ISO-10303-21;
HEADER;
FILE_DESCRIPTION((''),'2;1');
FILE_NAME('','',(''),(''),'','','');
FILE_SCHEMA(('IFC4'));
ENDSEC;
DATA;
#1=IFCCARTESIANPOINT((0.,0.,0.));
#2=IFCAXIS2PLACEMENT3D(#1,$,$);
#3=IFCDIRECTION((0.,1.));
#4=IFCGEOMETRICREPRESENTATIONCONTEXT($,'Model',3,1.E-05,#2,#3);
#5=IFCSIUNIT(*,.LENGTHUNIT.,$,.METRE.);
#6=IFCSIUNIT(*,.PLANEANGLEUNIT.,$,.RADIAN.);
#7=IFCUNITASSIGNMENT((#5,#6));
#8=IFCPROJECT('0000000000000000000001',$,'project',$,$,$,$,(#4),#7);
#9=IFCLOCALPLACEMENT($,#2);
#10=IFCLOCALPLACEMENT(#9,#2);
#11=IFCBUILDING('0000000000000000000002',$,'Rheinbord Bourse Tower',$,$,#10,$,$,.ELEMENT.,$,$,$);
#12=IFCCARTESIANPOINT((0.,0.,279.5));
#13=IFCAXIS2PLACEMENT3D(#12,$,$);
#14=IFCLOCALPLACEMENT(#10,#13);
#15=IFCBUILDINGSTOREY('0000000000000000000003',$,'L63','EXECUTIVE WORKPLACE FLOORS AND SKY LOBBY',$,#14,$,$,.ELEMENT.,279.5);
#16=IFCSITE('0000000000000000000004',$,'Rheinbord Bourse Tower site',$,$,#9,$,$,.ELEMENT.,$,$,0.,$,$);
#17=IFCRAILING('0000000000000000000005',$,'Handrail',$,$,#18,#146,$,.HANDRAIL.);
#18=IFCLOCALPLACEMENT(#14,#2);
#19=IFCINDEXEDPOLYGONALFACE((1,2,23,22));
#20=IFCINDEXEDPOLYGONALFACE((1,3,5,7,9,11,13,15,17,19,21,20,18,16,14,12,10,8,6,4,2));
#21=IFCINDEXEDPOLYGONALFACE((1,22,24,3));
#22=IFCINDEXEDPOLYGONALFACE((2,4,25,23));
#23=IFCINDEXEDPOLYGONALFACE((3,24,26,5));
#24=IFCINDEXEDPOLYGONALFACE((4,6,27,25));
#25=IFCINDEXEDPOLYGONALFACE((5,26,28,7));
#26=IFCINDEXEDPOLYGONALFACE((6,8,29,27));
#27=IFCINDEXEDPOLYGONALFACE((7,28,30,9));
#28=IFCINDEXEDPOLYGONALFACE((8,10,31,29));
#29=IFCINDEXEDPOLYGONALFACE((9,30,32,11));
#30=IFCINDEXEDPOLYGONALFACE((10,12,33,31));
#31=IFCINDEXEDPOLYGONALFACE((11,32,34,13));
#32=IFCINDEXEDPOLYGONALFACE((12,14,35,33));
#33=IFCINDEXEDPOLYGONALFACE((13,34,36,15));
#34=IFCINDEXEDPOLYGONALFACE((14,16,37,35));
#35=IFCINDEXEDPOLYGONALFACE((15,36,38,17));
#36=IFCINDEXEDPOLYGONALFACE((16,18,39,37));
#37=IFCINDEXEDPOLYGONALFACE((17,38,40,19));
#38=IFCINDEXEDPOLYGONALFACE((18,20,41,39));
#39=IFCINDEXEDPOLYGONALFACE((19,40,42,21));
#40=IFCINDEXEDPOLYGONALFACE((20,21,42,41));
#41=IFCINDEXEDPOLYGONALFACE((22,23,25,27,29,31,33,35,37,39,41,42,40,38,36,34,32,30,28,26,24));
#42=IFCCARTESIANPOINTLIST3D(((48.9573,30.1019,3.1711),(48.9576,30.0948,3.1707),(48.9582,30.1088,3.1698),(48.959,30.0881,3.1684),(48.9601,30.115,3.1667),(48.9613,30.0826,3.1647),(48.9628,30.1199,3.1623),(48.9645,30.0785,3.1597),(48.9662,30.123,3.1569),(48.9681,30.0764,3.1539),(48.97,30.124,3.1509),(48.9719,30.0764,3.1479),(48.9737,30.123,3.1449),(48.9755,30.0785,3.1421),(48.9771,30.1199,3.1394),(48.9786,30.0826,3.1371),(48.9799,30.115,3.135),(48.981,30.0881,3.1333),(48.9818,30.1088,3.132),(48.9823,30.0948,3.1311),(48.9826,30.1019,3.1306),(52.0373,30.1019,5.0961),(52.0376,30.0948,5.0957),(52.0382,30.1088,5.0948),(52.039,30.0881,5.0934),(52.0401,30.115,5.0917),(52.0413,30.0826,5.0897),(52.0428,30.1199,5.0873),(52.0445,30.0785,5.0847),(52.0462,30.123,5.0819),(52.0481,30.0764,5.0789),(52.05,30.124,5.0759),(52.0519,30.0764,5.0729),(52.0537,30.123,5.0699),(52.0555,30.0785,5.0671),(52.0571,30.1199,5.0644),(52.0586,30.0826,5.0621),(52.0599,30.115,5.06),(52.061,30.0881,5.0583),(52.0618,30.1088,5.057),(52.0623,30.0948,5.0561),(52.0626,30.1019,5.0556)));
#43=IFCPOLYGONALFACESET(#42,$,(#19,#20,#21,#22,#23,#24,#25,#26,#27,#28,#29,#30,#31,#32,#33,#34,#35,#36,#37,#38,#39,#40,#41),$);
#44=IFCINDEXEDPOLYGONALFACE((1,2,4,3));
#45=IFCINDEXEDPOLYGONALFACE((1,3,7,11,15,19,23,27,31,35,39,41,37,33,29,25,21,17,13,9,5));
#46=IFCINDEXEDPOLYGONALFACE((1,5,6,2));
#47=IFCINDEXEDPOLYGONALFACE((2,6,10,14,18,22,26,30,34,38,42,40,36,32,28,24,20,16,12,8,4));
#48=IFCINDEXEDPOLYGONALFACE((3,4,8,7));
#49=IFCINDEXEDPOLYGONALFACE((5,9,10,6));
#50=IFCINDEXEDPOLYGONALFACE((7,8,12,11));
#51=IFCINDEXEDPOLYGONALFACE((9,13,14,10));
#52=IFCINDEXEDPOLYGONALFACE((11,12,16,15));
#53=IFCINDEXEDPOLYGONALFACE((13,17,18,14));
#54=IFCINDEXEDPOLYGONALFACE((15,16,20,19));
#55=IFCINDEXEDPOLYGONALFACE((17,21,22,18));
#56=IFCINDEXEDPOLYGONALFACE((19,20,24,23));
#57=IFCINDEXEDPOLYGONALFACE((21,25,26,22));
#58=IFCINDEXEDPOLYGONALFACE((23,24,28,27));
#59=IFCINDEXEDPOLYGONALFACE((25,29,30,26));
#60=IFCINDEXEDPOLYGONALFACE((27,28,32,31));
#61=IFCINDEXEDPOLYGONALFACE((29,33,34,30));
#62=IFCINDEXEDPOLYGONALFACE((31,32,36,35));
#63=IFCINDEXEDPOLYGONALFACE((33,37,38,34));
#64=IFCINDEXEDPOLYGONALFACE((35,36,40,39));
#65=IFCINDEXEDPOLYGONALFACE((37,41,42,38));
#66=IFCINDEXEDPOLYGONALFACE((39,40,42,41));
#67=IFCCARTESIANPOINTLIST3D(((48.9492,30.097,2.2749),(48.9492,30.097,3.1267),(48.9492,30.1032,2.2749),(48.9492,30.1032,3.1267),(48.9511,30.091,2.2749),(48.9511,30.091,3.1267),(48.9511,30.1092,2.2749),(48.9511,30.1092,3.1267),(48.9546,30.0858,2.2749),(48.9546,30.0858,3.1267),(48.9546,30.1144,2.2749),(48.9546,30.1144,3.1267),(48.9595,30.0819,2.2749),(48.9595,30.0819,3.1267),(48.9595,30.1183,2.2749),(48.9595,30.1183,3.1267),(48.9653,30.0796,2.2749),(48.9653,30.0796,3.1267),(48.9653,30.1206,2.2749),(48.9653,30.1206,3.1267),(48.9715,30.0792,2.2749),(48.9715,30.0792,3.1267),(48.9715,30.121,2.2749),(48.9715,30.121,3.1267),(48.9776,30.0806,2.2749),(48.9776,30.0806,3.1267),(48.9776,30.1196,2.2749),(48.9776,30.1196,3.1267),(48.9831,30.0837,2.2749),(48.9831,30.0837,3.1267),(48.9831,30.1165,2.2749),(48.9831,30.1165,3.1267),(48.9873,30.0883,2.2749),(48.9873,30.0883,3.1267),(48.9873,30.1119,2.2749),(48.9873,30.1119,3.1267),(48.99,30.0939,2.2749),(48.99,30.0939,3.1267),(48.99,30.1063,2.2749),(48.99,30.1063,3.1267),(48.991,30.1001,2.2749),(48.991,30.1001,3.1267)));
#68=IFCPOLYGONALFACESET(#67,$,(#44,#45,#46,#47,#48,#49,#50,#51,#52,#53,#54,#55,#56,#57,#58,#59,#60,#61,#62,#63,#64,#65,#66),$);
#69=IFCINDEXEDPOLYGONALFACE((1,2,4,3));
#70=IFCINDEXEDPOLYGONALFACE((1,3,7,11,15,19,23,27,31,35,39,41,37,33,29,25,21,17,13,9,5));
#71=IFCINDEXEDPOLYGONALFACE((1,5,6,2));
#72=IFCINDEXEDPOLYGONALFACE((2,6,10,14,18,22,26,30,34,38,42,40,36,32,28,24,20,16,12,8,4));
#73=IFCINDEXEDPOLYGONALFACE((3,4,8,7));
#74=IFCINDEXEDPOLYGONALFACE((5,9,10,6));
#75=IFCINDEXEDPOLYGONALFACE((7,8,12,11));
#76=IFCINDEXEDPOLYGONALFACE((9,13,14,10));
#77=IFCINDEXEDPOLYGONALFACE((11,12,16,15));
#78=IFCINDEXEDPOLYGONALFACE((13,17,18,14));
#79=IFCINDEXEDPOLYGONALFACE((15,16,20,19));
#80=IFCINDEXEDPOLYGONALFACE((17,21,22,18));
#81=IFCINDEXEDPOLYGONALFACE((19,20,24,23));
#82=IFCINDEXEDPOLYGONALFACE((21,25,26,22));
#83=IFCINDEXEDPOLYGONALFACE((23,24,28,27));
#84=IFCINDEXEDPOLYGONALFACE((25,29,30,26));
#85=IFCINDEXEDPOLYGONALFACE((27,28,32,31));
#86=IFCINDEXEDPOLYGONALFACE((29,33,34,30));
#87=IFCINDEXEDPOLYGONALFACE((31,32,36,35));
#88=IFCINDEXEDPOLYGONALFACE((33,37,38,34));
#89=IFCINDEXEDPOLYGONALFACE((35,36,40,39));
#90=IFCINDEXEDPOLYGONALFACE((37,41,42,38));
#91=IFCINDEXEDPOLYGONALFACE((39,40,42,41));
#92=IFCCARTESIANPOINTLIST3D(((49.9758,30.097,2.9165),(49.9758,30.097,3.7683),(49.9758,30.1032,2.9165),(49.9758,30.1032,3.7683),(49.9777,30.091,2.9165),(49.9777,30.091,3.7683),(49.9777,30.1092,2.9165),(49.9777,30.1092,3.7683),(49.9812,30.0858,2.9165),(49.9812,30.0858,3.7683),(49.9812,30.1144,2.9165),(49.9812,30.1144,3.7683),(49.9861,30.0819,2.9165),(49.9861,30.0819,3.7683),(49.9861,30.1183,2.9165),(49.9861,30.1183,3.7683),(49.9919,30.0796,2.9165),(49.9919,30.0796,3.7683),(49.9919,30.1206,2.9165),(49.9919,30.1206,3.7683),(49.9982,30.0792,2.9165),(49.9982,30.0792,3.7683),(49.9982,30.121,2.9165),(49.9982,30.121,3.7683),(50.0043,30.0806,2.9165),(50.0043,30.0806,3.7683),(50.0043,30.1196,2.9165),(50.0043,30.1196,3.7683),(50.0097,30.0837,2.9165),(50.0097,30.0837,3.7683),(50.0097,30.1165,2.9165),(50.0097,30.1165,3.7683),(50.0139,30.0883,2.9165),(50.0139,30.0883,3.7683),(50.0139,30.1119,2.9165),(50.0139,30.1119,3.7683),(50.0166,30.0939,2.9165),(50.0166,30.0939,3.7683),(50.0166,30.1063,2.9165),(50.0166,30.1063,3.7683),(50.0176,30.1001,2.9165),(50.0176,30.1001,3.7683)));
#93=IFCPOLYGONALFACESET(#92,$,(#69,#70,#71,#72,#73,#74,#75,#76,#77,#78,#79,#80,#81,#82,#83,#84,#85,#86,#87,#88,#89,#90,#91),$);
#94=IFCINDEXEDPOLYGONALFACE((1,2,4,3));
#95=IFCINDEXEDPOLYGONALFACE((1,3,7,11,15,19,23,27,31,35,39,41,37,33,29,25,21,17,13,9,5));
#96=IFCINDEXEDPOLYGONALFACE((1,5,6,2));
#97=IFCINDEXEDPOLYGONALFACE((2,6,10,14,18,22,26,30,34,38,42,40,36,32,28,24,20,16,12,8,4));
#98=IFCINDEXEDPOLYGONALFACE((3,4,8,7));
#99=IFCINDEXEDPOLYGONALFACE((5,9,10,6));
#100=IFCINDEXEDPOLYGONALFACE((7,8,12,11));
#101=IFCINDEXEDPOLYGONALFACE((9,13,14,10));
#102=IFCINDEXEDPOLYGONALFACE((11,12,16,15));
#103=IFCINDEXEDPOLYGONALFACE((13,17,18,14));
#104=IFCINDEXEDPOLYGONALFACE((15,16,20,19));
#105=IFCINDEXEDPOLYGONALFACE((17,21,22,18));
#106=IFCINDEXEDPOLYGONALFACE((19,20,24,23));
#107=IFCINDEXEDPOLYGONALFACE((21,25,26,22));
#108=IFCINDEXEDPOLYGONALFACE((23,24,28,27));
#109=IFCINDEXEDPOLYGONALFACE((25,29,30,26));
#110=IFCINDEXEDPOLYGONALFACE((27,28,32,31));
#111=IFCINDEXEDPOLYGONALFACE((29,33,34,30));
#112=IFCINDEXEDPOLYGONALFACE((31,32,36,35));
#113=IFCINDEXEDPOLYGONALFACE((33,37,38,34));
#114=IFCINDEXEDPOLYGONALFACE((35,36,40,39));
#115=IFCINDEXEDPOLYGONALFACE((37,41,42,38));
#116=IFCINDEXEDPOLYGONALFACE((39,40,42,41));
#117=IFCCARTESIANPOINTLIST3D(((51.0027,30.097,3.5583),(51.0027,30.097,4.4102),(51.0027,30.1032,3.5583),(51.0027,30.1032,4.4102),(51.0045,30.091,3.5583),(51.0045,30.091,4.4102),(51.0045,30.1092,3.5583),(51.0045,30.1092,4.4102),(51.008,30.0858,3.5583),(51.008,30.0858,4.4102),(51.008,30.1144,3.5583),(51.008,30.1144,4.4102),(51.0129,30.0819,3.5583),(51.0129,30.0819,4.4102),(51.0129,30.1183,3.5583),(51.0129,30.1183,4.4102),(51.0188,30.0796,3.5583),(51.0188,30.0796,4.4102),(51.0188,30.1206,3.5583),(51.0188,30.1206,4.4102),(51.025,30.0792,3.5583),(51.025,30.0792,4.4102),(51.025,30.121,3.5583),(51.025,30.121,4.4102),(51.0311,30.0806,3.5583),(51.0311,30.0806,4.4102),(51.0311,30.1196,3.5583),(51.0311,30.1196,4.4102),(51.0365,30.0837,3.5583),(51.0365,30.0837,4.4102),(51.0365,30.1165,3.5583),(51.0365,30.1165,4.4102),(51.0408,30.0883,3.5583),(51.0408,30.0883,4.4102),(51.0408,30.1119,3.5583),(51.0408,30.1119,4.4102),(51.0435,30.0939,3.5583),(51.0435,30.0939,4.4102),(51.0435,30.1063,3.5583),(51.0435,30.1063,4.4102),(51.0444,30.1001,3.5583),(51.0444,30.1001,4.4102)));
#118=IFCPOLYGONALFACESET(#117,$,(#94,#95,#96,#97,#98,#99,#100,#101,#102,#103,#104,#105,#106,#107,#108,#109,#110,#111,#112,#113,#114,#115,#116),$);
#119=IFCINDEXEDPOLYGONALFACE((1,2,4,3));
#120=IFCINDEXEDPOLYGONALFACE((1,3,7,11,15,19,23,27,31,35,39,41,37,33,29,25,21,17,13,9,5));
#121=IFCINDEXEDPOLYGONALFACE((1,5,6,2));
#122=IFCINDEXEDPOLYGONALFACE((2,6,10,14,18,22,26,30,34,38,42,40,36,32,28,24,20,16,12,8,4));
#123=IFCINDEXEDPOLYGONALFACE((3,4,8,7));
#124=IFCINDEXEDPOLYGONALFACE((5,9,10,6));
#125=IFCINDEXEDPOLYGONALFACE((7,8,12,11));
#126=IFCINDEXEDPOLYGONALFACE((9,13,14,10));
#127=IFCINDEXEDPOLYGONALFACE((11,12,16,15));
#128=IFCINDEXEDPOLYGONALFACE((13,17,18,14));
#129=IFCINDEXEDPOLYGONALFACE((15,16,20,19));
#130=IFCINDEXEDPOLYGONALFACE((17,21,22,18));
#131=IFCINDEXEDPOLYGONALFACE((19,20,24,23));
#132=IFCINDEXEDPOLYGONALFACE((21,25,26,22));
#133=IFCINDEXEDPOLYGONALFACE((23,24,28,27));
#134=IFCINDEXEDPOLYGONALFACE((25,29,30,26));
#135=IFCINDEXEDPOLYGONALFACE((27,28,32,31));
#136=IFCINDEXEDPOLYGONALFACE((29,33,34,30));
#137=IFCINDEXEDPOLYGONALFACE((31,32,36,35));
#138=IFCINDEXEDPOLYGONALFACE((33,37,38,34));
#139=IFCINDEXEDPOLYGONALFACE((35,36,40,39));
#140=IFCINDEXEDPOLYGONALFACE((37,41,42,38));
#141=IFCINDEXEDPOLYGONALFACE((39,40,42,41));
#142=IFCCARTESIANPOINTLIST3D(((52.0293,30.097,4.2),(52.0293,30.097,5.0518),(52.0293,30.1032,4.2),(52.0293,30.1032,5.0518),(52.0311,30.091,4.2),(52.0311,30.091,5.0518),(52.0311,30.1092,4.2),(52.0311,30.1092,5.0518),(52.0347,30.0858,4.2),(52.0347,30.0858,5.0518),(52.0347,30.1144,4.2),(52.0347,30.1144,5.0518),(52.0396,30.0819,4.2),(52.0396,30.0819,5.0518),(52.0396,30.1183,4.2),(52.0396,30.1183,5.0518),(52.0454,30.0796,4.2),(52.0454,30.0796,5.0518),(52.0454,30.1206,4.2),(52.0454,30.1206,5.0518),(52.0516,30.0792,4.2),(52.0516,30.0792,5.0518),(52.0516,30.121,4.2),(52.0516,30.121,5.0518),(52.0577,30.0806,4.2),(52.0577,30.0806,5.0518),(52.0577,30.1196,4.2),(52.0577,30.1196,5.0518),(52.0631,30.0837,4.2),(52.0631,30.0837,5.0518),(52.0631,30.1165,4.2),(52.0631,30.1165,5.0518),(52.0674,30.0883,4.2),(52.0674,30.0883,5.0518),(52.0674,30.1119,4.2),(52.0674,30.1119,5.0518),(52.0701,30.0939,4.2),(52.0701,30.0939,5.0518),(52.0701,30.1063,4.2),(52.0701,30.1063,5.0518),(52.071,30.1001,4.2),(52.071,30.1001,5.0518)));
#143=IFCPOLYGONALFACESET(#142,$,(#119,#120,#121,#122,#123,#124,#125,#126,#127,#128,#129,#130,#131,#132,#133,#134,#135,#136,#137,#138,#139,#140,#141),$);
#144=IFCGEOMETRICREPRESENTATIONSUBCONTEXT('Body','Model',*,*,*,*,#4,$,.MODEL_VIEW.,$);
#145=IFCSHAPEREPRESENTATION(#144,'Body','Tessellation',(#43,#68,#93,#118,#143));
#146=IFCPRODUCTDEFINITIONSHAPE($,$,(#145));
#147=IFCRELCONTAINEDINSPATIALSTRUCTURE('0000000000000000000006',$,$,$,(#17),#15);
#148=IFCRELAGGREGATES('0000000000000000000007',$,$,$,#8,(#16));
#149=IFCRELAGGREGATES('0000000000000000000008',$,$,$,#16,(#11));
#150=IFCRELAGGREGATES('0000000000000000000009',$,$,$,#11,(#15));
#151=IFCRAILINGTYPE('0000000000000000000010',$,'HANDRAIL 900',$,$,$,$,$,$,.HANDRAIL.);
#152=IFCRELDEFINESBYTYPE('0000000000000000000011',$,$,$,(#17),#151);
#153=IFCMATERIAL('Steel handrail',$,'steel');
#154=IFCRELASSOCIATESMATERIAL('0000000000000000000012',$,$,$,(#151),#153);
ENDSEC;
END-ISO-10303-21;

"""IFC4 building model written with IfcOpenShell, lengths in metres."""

from ifc_helpers import new_model, si_unit, direction, frame, origin, origin_2d, place, context, subcontext, project, spatial, circle, extrude, material, type_object, element, save


model = new_model("IFC4")

# Units and contexts
model_context = context("Model", 3, precision=1e-05, world=origin(), true_north=direction((0.0, 1.0)))
body_context = subcontext(model_context, "Body", "Model", "MODEL_VIEW")
ifc_project = project(units=[si_unit("LENGTHUNIT", "METRE"), si_unit("PLANEANGLEUNIT", "RADIAN")], contexts=[model_context])

# Site, building, storey
site_placement = place(None, origin())
site = spatial("IfcSite", under=ifc_project, at=site_placement, Name="Rheinbord Bourse Tower site", CompositionType="ELEMENT", RefElevation=0.0)
building_placement = place(site_placement, origin())
building = spatial("IfcBuilding", under=site, at=building_placement, Name="Rheinbord Bourse Tower", CompositionType="ELEMENT")
storey_placement = place(building_placement, frame((0.0, 0.0, 279.5)))
storey = spatial("IfcBuildingStorey", under=building, at=storey_placement, Name="L63", Description="EXECUTIVE WORKPLACE FLOORS AND SKY LOBBY", CompositionType="ELEMENT", Elevation=279.5)

# Railing
ifc_material_1 = material(Name="Steel handrail", Category="steel")
railing_type = type_object("IfcRailingType", Name="HANDRAIL 900", PredefinedType="HANDRAIL", material=ifc_material_1)
railing_1_placement = place(storey_placement, frame((48.97, 30.1001, 2.2749)))
element("IfcRailing", 1, at=railing_1_placement, inside=storey, type_object=railing_type, Name="Handrail", PredefinedType="HANDRAIL", context=body_context, shape_type="SweptSolid", body=[
    extrude(circle(Radius=0.0239, at=origin_2d()), frame((0.0, 0.0, 0.876), z_axis=(0.847998, 0.0, 0.529999), x_axis=(0.0, 1.0, 0.0)), (0.0, 0.0, 1.0), 3.6321),
    extrude(circle(Radius=0.021, at=origin_2d()), origin(), (0.0, 0.0, 1.0), 0.8518),
    extrude(circle(Radius=0.021, at=origin_2d()), frame((1.0266, 0.0, 0.6416)), (0.0, 0.0, 1.0), 0.8518),
    extrude(circle(Radius=0.021, at=origin_2d()), frame((2.0535, 0.0, 1.2834)), (0.0, 0.0, 1.0), 0.8518),
    extrude(circle(Radius=0.021, at=origin_2d()), frame((3.0801, 0.0, 1.925)), (0.0, 0.0, 1.0), 0.8518),
])

save(model, "model.ifc")
